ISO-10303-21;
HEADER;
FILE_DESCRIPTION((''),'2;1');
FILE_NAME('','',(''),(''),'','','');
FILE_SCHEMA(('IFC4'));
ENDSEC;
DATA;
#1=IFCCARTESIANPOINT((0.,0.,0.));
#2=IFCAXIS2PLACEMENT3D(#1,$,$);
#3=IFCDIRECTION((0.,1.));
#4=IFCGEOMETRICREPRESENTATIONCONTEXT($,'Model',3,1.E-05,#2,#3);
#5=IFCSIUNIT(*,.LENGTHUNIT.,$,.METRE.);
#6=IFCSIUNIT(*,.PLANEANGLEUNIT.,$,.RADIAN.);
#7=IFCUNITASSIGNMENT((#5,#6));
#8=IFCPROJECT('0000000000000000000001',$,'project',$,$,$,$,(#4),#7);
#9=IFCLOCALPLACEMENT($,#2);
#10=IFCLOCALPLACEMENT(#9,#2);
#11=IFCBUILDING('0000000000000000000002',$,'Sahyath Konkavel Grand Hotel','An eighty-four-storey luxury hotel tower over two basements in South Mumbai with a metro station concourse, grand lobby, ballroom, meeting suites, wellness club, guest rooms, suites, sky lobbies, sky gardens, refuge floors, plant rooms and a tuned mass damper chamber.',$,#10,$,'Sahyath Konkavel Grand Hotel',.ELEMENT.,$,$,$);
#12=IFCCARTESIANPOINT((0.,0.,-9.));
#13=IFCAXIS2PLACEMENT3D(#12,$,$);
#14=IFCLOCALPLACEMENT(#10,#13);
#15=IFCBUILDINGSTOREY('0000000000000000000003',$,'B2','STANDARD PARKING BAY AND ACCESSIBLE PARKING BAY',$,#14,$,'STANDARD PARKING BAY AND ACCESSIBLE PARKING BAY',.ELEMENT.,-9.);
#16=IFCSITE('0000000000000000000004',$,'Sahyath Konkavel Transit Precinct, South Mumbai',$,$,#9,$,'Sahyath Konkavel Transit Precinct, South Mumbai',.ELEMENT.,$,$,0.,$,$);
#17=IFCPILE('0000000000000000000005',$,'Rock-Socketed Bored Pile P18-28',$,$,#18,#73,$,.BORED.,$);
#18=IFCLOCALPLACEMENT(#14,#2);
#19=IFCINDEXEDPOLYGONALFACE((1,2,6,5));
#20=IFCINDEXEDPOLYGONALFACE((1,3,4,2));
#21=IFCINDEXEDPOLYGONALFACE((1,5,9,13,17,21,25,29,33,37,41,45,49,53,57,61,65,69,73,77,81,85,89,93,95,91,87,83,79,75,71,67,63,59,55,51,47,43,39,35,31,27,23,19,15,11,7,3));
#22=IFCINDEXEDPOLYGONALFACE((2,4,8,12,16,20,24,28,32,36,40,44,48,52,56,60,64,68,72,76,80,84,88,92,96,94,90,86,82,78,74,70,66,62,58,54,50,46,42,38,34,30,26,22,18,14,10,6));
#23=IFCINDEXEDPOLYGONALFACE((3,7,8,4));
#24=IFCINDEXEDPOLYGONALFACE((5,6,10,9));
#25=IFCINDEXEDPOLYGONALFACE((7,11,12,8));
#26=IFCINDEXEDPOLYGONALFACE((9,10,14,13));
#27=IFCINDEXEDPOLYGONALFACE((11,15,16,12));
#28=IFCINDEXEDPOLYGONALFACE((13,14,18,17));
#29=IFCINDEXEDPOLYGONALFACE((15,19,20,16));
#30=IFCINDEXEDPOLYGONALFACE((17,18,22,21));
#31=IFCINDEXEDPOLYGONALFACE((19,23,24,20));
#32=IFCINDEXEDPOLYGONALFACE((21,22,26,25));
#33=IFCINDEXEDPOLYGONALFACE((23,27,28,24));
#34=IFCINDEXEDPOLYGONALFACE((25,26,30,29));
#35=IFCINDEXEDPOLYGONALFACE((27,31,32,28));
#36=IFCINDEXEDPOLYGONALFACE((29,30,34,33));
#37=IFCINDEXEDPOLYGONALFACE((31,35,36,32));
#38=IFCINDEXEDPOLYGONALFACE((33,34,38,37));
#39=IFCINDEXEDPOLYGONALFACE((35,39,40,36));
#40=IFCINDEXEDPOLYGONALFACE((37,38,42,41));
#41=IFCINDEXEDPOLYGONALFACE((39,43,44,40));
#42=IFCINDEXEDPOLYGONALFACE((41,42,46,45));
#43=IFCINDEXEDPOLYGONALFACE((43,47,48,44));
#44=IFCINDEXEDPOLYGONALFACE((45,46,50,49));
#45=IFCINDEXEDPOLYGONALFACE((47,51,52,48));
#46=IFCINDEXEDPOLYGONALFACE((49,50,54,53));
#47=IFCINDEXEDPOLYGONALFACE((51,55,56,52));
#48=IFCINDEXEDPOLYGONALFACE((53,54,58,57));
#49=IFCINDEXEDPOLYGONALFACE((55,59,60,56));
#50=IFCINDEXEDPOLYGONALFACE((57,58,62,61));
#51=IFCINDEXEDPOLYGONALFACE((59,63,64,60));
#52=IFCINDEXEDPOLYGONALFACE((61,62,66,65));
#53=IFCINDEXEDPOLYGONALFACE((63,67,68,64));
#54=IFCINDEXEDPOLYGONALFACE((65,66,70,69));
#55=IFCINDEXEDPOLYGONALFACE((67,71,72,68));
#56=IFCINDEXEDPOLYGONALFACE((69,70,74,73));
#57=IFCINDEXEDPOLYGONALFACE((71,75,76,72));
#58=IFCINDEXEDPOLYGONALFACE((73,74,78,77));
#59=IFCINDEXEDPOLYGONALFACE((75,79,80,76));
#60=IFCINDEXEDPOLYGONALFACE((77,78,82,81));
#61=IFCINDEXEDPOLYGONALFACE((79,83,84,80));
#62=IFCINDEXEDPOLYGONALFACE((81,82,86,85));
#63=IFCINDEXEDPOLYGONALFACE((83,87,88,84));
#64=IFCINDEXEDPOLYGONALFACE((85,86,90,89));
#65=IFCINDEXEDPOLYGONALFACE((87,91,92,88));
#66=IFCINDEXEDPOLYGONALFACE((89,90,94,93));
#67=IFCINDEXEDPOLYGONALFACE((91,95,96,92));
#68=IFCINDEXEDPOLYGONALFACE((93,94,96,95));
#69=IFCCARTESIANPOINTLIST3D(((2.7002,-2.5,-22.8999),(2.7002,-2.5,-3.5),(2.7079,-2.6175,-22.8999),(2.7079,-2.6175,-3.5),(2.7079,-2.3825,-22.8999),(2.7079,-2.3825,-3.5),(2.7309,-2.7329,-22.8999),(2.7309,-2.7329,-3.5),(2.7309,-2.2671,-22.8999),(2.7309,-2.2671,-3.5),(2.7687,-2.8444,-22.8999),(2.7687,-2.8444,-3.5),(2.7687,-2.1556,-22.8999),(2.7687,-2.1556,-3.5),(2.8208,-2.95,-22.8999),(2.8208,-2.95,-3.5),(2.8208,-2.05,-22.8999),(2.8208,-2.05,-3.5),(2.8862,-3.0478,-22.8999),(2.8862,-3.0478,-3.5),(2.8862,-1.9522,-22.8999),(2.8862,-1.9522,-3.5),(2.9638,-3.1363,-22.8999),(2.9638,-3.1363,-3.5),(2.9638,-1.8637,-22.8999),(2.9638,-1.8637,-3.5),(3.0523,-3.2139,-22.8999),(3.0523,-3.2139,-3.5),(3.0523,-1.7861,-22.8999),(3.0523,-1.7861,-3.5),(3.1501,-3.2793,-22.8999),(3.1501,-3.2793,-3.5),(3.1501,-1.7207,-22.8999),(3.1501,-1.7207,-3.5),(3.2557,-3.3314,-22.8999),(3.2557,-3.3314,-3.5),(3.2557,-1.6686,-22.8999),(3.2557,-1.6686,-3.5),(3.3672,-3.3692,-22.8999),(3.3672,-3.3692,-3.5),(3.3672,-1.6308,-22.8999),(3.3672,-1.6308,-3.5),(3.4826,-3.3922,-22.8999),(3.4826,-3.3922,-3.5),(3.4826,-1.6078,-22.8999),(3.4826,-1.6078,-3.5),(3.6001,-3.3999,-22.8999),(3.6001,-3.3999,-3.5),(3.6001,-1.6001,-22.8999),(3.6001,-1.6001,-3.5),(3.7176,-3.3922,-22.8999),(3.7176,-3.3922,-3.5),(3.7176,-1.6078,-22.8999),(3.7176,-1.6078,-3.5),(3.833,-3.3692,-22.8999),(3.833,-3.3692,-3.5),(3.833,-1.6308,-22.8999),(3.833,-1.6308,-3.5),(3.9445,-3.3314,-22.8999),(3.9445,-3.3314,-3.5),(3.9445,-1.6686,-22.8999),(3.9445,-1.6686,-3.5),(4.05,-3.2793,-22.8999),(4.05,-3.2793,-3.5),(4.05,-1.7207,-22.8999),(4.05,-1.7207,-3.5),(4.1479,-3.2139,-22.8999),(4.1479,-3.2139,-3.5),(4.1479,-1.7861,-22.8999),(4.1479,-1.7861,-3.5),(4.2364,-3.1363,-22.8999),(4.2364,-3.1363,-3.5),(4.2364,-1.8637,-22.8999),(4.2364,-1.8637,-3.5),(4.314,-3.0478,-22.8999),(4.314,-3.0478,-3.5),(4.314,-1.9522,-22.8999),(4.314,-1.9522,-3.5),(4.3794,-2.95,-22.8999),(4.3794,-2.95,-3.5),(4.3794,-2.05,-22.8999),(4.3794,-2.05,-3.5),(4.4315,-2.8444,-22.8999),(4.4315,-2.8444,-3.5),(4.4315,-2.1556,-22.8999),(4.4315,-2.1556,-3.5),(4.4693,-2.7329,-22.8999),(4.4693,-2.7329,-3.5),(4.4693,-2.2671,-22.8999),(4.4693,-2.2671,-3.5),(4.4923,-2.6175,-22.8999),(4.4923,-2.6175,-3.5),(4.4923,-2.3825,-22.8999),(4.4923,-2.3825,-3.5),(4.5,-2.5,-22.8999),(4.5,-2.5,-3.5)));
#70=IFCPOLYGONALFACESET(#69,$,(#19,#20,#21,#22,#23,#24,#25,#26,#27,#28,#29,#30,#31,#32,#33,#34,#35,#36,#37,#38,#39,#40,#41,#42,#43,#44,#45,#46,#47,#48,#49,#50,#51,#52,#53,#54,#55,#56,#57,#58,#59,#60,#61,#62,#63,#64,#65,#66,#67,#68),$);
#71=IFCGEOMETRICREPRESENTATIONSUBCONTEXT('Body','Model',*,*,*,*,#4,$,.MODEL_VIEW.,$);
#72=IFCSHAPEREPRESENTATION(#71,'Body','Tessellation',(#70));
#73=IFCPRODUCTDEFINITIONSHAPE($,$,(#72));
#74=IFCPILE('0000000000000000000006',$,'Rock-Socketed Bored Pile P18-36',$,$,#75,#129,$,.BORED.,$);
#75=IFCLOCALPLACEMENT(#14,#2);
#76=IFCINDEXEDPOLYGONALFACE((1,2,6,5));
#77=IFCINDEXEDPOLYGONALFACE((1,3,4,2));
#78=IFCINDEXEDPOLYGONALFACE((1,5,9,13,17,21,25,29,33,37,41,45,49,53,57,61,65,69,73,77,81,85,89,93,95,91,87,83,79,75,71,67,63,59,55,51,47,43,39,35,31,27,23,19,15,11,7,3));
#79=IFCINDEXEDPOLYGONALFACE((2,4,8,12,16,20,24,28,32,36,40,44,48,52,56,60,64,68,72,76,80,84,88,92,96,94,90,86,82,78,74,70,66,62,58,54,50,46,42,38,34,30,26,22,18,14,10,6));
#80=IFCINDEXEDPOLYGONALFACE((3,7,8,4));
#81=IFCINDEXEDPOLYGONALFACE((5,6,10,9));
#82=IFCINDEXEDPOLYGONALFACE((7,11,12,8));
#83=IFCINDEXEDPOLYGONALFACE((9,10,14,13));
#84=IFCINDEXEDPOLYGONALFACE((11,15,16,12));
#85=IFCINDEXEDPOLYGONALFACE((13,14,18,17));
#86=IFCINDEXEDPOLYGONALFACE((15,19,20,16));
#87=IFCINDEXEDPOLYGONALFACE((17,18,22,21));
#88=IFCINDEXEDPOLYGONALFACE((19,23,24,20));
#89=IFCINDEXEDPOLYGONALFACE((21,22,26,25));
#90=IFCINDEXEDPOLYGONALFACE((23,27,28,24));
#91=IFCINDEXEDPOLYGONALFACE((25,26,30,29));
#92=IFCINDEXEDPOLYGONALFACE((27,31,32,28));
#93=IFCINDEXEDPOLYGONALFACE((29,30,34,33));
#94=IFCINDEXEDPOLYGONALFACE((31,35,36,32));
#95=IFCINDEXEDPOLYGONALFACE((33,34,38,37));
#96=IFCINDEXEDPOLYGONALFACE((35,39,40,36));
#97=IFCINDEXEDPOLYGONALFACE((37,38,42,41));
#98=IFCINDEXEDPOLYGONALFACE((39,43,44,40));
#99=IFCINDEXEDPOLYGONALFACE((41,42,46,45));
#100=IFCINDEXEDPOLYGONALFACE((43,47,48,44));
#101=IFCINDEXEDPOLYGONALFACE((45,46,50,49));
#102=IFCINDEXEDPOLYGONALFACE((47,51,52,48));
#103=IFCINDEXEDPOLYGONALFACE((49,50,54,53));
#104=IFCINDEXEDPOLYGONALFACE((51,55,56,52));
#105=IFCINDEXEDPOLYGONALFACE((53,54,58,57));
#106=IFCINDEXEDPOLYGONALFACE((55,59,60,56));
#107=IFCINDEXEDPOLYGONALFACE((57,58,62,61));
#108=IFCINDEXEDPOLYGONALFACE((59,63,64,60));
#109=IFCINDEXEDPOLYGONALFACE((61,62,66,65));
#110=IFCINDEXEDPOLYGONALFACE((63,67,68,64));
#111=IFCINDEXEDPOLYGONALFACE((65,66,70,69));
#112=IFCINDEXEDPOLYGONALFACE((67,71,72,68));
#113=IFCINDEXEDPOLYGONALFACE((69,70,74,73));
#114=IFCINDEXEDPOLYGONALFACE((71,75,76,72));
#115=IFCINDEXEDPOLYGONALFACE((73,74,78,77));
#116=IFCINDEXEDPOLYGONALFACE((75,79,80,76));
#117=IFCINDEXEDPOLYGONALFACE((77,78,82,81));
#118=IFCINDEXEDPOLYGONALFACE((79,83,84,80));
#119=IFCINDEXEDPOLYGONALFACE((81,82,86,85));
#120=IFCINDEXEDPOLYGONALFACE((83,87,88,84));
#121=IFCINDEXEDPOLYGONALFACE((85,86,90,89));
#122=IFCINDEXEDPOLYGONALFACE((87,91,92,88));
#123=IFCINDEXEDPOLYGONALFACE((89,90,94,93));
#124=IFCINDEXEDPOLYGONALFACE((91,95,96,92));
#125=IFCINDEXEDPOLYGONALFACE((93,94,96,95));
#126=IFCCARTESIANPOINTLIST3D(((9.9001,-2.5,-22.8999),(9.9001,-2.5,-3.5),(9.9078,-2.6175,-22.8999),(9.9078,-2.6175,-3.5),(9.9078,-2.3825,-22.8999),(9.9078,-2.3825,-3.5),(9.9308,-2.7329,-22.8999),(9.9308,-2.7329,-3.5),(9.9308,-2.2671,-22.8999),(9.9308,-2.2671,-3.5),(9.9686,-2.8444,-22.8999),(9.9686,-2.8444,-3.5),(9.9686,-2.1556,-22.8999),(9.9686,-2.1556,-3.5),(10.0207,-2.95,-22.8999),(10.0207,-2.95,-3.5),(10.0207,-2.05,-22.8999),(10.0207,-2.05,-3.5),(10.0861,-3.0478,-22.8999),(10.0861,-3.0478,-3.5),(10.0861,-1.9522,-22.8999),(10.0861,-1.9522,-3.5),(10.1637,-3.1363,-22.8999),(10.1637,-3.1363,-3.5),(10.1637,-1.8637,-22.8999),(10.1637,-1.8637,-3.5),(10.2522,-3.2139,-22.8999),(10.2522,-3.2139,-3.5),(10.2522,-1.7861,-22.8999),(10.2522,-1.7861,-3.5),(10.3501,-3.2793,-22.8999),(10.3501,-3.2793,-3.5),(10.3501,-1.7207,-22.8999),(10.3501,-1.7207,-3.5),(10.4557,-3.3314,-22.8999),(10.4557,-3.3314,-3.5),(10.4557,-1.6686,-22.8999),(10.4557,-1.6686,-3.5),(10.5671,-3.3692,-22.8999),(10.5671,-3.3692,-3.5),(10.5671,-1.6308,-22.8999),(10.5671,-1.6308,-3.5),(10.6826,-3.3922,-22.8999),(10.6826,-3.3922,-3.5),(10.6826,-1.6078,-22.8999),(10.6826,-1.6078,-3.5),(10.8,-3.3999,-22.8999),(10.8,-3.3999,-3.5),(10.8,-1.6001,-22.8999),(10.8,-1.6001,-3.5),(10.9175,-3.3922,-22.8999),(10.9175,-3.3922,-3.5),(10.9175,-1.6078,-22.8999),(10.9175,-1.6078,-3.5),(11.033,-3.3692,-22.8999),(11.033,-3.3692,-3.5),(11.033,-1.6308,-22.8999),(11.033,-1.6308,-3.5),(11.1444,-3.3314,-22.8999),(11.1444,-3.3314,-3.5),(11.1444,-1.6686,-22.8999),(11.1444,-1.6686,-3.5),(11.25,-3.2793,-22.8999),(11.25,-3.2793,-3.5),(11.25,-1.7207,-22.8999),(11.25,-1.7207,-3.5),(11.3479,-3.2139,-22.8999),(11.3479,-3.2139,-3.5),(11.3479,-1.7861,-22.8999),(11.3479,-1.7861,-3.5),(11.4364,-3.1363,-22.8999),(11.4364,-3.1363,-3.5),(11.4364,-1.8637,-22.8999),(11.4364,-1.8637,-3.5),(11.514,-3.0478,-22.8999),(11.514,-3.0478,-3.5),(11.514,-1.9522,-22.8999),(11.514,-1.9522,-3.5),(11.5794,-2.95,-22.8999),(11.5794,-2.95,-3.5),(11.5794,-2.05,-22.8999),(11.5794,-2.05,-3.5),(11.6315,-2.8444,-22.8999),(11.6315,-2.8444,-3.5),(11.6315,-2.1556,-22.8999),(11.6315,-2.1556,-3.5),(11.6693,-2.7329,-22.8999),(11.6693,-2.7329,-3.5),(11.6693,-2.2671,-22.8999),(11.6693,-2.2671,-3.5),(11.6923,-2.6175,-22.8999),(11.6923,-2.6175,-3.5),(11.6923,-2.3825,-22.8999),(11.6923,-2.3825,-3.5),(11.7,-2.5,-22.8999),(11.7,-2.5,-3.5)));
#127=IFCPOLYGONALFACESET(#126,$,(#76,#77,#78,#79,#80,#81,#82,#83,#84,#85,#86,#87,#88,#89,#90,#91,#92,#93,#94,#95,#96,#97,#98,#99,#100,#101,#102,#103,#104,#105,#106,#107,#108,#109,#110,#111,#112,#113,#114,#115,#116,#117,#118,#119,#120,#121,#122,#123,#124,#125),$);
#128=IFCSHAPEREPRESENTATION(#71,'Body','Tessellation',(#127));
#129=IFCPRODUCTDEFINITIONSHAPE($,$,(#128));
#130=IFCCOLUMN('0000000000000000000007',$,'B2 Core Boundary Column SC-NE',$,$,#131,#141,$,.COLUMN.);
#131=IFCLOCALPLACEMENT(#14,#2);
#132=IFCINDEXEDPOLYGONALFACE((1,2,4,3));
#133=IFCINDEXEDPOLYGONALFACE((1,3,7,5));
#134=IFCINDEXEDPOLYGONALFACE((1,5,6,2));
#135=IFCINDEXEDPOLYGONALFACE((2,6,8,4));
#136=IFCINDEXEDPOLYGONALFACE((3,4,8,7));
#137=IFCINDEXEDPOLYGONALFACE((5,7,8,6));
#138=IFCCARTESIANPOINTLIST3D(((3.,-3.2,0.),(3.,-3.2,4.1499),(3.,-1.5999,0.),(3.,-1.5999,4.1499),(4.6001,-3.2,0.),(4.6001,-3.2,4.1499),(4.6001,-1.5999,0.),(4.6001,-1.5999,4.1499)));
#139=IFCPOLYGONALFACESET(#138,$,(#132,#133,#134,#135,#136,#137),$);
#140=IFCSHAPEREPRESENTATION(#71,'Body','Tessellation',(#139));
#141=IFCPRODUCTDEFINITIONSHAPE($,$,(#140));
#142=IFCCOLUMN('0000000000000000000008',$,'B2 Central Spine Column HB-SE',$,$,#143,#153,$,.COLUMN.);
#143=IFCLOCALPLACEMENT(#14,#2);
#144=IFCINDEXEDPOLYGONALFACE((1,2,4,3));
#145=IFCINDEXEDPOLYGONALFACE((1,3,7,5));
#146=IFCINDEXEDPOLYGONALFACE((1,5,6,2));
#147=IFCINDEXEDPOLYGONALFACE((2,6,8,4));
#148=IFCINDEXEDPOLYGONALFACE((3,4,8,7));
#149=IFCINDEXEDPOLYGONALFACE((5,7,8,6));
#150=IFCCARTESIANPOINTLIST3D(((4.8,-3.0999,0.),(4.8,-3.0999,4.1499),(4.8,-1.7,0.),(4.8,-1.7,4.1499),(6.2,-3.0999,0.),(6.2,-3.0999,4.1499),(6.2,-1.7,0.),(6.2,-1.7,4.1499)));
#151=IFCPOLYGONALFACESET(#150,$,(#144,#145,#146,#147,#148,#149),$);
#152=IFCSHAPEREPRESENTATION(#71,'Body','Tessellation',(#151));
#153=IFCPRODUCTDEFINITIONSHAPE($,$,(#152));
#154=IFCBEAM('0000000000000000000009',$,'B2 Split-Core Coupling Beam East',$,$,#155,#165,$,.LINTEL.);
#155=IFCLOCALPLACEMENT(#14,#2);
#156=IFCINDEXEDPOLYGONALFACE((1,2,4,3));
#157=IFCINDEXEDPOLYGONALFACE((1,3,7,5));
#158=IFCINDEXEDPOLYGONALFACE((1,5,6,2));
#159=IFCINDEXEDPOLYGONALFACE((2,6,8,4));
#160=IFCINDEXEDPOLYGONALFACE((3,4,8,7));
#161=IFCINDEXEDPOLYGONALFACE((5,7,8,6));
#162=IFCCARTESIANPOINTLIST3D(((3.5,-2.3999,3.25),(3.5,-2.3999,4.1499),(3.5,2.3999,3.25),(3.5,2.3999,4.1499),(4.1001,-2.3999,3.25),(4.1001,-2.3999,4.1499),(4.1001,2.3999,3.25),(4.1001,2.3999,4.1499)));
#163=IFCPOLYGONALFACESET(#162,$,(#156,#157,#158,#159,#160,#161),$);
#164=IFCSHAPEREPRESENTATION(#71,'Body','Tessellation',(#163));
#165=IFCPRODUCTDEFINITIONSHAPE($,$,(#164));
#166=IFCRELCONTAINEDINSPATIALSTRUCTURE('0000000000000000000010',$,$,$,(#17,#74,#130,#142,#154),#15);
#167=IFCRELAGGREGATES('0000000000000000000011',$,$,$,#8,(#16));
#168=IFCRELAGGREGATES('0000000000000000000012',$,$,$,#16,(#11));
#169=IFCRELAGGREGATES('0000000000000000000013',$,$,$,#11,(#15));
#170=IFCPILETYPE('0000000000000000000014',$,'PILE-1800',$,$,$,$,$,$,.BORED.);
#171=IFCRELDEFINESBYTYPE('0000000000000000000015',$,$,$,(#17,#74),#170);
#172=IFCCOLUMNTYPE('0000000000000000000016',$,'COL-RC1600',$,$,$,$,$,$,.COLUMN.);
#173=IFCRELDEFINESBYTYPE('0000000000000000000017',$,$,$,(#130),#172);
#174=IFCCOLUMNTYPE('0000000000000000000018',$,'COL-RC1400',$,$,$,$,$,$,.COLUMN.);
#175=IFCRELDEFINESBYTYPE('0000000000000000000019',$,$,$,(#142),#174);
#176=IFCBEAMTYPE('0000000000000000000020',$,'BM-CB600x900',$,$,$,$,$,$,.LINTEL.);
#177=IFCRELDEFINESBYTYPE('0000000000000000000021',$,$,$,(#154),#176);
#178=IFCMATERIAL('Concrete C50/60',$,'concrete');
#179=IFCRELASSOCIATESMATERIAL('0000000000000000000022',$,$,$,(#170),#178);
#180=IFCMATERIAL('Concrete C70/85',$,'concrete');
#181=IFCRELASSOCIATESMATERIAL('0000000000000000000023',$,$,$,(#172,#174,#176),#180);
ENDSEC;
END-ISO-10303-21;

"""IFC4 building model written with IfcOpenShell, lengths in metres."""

from ifc_helpers import new_model, si_unit, direction, frame, origin, origin_2d, place, context, subcontext, project, spatial, rectangle, circle, extrude, source, transform, mapped, material, material_profile, profile_set, type_object, element, save


model = new_model("IFC4")

# Units and contexts
model_context = context("Model", 3, precision=1e-05, world=origin(), true_north=direction((0.0, 1.0)))
body_context = subcontext(model_context, "Body", "Model", "MODEL_VIEW")
ifc_project = project(units=[si_unit("LENGTHUNIT", "METRE"), si_unit("PLANEANGLEUNIT", "RADIAN")], contexts=[model_context])

# Site, building, storey
site_placement = place(None, origin())
site = spatial("IfcSite", under=ifc_project, at=site_placement, Name="Sahyath Konkavel Transit Precinct, South Mumbai", LongName="Sahyath Konkavel Transit Precinct, South Mumbai", CompositionType="ELEMENT", RefElevation=0.0)
building_placement = place(site_placement, origin())
building = spatial("IfcBuilding", under=site, at=building_placement, Name="Sahyath Konkavel Grand Hotel", Description="An eighty-four-storey luxury hotel tower over two basements in South Mumbai with a metro station concourse, grand lobby, ballroom, meeting suites, wellness club, guest rooms, suites, sky lobbies, sky gardens, refuge floors, plant rooms and a tuned mass damper chamber.", LongName="Sahyath Konkavel Grand Hotel", CompositionType="ELEMENT")
storey_placement = place(building_placement, frame((0.0, 0.0, -9.0)))
storey = spatial("IfcBuildingStorey", under=building, at=storey_placement, Name="B2", Description="STANDARD PARKING BAY AND ACCESSIBLE PARKING BAY", LongName="STANDARD PARKING BAY AND ACCESSIBLE PARKING BAY", CompositionType="ELEMENT", Elevation=-9.0)

# Shared definitions
ifc_material_1 = material(Name="Concrete C50/60", Category="concrete")

# Piles
ifc_material_profile_1 = material_profile(ifc_material_1, circle(Radius=0.8999, at=origin_2d()), Name="PILE D1800")
ifc_profile_set_1 = profile_set([ifc_material_profile_1], Name="Concrete C50/60")
pile_type = type_object("IfcPileType", Name="PILE-1800", PredefinedType="BORED", material=ifc_profile_set_1)
for number, where, z_axis, x_axis, name in (
    (1, (3.6001, -2.5, -3.5), (0.0, 0.0, -1.0), (1.0, 0.0, 0.0), "Rock-Socketed Bored Pile P18-28"),
    (2, (10.8, -2.5, -3.5), (0.0, 0.0, -1.0), (1.0, 0.0, 0.0), "Rock-Socketed Bored Pile P18-36"),
):
    element("IfcPile", number, at=place(storey_placement, frame(where, z_axis=z_axis, x_axis=x_axis)), inside=storey, type_object=pile_type, Name=name, PredefinedType="BORED", context=body_context, shape_type="SweptSolid", body=[
        extrude(circle(Radius=0.8999, at=origin_2d()), origin(), (0.0, 0.0, 1.0), 19.3999),
    ])

# Columns
ifc_material_2 = material(Name="Concrete C70/85", Category="concrete")
ifc_material_profile_2 = material_profile(ifc_material_2, rectangle(XDim=1.6001, YDim=1.6001, at=origin_2d()), Name="RC 1600x1600")
ifc_profile_set_2 = profile_set([ifc_material_profile_2], Name="Concrete C70/85")
column_type_1 = type_object("IfcColumnType", Name="COL-RC1600", PredefinedType="COLUMN", material=ifc_profile_set_2)
shared_shape_1 = source(origin(), body_context, "Body", "SweptSolid", [
    extrude(rectangle(XDim=1.6001, YDim=1.6001, at=origin_2d()), origin(), (0.0, 0.0, 1.0), 4.1499),
])
column_1_placement = place(storey_placement, frame((3.8, -2.3999, 0.0), z_axis=(0.0, 0.0, 1.0), x_axis=(1.0, 0.0, 0.0)))
element("IfcColumn", 3, at=column_1_placement, inside=storey, type_object=column_type_1, Name="B2 Core Boundary Column SC-NE", PredefinedType="COLUMN", context=body_context, shape_type="MappedRepresentation", body=[
    mapped(shared_shape_1, transform((0.0, 0.0, 0.0), scale=1.0)),
])
ifc_material_profile_3 = material_profile(ifc_material_2, rectangle(XDim=1.3999, YDim=1.3999, at=origin_2d()), Name="RC 1400x1400")
ifc_profile_set_3 = profile_set([ifc_material_profile_3], Name="Concrete C70/85")
column_type_2 = type_object("IfcColumnType", Name="COL-RC1400", PredefinedType="COLUMN", material=ifc_profile_set_3)
shared_shape_2 = source(origin(), body_context, "Body", "SweptSolid", [
    extrude(rectangle(XDim=1.3999, YDim=1.3999, at=origin_2d()), origin(), (0.0, 0.0, 1.0), 4.1499),
])
column_2_placement = place(storey_placement, frame((5.5, -2.3999, 0.0), z_axis=(0.0, 0.0, 1.0), x_axis=(1.0, 0.0, 0.0)))
element("IfcColumn", 4, at=column_2_placement, inside=storey, type_object=column_type_2, Name="B2 Central Spine Column HB-SE", PredefinedType="COLUMN", context=body_context, shape_type="MappedRepresentation", body=[
    mapped(shared_shape_2, transform((0.0, 0.0, 0.0), scale=1.0)),
])

# Beam
ifc_material_profile_4 = material_profile(ifc_material_2, rectangle(XDim=0.6001, YDim=0.8999, at=origin_2d()), Name="RC 600x900")
ifc_profile_set_4 = profile_set([ifc_material_profile_4], Name="Concrete C70/85")
beam_type_1 = type_object("IfcBeamType", Name="BM-CB600x900", PredefinedType="LINTEL", material=ifc_profile_set_4)
shared_shape_3 = source(origin(), body_context, "Body", "SweptSolid", [
    extrude(rectangle(XDim=0.6001, YDim=0.8999, at=origin_2d()), origin(), (0.0, 0.0, 1.0), 4.7998),
])
beam_1_placement = place(storey_placement, frame((3.8, -2.3999, 3.7), z_axis=(0.0, 1.0, 0.0), x_axis=(-1.0, 0.0, 0.0)))
element("IfcBeam", 5, at=beam_1_placement, inside=storey, type_object=beam_type_1, Name="B2 Split-Core Coupling Beam East", PredefinedType="LINTEL", context=body_context, shape_type="MappedRepresentation", body=[
    mapped(shared_shape_3, transform((0.0, 0.0, 0.0), scale=1.0)),
])

save(model, "model.ifc")
